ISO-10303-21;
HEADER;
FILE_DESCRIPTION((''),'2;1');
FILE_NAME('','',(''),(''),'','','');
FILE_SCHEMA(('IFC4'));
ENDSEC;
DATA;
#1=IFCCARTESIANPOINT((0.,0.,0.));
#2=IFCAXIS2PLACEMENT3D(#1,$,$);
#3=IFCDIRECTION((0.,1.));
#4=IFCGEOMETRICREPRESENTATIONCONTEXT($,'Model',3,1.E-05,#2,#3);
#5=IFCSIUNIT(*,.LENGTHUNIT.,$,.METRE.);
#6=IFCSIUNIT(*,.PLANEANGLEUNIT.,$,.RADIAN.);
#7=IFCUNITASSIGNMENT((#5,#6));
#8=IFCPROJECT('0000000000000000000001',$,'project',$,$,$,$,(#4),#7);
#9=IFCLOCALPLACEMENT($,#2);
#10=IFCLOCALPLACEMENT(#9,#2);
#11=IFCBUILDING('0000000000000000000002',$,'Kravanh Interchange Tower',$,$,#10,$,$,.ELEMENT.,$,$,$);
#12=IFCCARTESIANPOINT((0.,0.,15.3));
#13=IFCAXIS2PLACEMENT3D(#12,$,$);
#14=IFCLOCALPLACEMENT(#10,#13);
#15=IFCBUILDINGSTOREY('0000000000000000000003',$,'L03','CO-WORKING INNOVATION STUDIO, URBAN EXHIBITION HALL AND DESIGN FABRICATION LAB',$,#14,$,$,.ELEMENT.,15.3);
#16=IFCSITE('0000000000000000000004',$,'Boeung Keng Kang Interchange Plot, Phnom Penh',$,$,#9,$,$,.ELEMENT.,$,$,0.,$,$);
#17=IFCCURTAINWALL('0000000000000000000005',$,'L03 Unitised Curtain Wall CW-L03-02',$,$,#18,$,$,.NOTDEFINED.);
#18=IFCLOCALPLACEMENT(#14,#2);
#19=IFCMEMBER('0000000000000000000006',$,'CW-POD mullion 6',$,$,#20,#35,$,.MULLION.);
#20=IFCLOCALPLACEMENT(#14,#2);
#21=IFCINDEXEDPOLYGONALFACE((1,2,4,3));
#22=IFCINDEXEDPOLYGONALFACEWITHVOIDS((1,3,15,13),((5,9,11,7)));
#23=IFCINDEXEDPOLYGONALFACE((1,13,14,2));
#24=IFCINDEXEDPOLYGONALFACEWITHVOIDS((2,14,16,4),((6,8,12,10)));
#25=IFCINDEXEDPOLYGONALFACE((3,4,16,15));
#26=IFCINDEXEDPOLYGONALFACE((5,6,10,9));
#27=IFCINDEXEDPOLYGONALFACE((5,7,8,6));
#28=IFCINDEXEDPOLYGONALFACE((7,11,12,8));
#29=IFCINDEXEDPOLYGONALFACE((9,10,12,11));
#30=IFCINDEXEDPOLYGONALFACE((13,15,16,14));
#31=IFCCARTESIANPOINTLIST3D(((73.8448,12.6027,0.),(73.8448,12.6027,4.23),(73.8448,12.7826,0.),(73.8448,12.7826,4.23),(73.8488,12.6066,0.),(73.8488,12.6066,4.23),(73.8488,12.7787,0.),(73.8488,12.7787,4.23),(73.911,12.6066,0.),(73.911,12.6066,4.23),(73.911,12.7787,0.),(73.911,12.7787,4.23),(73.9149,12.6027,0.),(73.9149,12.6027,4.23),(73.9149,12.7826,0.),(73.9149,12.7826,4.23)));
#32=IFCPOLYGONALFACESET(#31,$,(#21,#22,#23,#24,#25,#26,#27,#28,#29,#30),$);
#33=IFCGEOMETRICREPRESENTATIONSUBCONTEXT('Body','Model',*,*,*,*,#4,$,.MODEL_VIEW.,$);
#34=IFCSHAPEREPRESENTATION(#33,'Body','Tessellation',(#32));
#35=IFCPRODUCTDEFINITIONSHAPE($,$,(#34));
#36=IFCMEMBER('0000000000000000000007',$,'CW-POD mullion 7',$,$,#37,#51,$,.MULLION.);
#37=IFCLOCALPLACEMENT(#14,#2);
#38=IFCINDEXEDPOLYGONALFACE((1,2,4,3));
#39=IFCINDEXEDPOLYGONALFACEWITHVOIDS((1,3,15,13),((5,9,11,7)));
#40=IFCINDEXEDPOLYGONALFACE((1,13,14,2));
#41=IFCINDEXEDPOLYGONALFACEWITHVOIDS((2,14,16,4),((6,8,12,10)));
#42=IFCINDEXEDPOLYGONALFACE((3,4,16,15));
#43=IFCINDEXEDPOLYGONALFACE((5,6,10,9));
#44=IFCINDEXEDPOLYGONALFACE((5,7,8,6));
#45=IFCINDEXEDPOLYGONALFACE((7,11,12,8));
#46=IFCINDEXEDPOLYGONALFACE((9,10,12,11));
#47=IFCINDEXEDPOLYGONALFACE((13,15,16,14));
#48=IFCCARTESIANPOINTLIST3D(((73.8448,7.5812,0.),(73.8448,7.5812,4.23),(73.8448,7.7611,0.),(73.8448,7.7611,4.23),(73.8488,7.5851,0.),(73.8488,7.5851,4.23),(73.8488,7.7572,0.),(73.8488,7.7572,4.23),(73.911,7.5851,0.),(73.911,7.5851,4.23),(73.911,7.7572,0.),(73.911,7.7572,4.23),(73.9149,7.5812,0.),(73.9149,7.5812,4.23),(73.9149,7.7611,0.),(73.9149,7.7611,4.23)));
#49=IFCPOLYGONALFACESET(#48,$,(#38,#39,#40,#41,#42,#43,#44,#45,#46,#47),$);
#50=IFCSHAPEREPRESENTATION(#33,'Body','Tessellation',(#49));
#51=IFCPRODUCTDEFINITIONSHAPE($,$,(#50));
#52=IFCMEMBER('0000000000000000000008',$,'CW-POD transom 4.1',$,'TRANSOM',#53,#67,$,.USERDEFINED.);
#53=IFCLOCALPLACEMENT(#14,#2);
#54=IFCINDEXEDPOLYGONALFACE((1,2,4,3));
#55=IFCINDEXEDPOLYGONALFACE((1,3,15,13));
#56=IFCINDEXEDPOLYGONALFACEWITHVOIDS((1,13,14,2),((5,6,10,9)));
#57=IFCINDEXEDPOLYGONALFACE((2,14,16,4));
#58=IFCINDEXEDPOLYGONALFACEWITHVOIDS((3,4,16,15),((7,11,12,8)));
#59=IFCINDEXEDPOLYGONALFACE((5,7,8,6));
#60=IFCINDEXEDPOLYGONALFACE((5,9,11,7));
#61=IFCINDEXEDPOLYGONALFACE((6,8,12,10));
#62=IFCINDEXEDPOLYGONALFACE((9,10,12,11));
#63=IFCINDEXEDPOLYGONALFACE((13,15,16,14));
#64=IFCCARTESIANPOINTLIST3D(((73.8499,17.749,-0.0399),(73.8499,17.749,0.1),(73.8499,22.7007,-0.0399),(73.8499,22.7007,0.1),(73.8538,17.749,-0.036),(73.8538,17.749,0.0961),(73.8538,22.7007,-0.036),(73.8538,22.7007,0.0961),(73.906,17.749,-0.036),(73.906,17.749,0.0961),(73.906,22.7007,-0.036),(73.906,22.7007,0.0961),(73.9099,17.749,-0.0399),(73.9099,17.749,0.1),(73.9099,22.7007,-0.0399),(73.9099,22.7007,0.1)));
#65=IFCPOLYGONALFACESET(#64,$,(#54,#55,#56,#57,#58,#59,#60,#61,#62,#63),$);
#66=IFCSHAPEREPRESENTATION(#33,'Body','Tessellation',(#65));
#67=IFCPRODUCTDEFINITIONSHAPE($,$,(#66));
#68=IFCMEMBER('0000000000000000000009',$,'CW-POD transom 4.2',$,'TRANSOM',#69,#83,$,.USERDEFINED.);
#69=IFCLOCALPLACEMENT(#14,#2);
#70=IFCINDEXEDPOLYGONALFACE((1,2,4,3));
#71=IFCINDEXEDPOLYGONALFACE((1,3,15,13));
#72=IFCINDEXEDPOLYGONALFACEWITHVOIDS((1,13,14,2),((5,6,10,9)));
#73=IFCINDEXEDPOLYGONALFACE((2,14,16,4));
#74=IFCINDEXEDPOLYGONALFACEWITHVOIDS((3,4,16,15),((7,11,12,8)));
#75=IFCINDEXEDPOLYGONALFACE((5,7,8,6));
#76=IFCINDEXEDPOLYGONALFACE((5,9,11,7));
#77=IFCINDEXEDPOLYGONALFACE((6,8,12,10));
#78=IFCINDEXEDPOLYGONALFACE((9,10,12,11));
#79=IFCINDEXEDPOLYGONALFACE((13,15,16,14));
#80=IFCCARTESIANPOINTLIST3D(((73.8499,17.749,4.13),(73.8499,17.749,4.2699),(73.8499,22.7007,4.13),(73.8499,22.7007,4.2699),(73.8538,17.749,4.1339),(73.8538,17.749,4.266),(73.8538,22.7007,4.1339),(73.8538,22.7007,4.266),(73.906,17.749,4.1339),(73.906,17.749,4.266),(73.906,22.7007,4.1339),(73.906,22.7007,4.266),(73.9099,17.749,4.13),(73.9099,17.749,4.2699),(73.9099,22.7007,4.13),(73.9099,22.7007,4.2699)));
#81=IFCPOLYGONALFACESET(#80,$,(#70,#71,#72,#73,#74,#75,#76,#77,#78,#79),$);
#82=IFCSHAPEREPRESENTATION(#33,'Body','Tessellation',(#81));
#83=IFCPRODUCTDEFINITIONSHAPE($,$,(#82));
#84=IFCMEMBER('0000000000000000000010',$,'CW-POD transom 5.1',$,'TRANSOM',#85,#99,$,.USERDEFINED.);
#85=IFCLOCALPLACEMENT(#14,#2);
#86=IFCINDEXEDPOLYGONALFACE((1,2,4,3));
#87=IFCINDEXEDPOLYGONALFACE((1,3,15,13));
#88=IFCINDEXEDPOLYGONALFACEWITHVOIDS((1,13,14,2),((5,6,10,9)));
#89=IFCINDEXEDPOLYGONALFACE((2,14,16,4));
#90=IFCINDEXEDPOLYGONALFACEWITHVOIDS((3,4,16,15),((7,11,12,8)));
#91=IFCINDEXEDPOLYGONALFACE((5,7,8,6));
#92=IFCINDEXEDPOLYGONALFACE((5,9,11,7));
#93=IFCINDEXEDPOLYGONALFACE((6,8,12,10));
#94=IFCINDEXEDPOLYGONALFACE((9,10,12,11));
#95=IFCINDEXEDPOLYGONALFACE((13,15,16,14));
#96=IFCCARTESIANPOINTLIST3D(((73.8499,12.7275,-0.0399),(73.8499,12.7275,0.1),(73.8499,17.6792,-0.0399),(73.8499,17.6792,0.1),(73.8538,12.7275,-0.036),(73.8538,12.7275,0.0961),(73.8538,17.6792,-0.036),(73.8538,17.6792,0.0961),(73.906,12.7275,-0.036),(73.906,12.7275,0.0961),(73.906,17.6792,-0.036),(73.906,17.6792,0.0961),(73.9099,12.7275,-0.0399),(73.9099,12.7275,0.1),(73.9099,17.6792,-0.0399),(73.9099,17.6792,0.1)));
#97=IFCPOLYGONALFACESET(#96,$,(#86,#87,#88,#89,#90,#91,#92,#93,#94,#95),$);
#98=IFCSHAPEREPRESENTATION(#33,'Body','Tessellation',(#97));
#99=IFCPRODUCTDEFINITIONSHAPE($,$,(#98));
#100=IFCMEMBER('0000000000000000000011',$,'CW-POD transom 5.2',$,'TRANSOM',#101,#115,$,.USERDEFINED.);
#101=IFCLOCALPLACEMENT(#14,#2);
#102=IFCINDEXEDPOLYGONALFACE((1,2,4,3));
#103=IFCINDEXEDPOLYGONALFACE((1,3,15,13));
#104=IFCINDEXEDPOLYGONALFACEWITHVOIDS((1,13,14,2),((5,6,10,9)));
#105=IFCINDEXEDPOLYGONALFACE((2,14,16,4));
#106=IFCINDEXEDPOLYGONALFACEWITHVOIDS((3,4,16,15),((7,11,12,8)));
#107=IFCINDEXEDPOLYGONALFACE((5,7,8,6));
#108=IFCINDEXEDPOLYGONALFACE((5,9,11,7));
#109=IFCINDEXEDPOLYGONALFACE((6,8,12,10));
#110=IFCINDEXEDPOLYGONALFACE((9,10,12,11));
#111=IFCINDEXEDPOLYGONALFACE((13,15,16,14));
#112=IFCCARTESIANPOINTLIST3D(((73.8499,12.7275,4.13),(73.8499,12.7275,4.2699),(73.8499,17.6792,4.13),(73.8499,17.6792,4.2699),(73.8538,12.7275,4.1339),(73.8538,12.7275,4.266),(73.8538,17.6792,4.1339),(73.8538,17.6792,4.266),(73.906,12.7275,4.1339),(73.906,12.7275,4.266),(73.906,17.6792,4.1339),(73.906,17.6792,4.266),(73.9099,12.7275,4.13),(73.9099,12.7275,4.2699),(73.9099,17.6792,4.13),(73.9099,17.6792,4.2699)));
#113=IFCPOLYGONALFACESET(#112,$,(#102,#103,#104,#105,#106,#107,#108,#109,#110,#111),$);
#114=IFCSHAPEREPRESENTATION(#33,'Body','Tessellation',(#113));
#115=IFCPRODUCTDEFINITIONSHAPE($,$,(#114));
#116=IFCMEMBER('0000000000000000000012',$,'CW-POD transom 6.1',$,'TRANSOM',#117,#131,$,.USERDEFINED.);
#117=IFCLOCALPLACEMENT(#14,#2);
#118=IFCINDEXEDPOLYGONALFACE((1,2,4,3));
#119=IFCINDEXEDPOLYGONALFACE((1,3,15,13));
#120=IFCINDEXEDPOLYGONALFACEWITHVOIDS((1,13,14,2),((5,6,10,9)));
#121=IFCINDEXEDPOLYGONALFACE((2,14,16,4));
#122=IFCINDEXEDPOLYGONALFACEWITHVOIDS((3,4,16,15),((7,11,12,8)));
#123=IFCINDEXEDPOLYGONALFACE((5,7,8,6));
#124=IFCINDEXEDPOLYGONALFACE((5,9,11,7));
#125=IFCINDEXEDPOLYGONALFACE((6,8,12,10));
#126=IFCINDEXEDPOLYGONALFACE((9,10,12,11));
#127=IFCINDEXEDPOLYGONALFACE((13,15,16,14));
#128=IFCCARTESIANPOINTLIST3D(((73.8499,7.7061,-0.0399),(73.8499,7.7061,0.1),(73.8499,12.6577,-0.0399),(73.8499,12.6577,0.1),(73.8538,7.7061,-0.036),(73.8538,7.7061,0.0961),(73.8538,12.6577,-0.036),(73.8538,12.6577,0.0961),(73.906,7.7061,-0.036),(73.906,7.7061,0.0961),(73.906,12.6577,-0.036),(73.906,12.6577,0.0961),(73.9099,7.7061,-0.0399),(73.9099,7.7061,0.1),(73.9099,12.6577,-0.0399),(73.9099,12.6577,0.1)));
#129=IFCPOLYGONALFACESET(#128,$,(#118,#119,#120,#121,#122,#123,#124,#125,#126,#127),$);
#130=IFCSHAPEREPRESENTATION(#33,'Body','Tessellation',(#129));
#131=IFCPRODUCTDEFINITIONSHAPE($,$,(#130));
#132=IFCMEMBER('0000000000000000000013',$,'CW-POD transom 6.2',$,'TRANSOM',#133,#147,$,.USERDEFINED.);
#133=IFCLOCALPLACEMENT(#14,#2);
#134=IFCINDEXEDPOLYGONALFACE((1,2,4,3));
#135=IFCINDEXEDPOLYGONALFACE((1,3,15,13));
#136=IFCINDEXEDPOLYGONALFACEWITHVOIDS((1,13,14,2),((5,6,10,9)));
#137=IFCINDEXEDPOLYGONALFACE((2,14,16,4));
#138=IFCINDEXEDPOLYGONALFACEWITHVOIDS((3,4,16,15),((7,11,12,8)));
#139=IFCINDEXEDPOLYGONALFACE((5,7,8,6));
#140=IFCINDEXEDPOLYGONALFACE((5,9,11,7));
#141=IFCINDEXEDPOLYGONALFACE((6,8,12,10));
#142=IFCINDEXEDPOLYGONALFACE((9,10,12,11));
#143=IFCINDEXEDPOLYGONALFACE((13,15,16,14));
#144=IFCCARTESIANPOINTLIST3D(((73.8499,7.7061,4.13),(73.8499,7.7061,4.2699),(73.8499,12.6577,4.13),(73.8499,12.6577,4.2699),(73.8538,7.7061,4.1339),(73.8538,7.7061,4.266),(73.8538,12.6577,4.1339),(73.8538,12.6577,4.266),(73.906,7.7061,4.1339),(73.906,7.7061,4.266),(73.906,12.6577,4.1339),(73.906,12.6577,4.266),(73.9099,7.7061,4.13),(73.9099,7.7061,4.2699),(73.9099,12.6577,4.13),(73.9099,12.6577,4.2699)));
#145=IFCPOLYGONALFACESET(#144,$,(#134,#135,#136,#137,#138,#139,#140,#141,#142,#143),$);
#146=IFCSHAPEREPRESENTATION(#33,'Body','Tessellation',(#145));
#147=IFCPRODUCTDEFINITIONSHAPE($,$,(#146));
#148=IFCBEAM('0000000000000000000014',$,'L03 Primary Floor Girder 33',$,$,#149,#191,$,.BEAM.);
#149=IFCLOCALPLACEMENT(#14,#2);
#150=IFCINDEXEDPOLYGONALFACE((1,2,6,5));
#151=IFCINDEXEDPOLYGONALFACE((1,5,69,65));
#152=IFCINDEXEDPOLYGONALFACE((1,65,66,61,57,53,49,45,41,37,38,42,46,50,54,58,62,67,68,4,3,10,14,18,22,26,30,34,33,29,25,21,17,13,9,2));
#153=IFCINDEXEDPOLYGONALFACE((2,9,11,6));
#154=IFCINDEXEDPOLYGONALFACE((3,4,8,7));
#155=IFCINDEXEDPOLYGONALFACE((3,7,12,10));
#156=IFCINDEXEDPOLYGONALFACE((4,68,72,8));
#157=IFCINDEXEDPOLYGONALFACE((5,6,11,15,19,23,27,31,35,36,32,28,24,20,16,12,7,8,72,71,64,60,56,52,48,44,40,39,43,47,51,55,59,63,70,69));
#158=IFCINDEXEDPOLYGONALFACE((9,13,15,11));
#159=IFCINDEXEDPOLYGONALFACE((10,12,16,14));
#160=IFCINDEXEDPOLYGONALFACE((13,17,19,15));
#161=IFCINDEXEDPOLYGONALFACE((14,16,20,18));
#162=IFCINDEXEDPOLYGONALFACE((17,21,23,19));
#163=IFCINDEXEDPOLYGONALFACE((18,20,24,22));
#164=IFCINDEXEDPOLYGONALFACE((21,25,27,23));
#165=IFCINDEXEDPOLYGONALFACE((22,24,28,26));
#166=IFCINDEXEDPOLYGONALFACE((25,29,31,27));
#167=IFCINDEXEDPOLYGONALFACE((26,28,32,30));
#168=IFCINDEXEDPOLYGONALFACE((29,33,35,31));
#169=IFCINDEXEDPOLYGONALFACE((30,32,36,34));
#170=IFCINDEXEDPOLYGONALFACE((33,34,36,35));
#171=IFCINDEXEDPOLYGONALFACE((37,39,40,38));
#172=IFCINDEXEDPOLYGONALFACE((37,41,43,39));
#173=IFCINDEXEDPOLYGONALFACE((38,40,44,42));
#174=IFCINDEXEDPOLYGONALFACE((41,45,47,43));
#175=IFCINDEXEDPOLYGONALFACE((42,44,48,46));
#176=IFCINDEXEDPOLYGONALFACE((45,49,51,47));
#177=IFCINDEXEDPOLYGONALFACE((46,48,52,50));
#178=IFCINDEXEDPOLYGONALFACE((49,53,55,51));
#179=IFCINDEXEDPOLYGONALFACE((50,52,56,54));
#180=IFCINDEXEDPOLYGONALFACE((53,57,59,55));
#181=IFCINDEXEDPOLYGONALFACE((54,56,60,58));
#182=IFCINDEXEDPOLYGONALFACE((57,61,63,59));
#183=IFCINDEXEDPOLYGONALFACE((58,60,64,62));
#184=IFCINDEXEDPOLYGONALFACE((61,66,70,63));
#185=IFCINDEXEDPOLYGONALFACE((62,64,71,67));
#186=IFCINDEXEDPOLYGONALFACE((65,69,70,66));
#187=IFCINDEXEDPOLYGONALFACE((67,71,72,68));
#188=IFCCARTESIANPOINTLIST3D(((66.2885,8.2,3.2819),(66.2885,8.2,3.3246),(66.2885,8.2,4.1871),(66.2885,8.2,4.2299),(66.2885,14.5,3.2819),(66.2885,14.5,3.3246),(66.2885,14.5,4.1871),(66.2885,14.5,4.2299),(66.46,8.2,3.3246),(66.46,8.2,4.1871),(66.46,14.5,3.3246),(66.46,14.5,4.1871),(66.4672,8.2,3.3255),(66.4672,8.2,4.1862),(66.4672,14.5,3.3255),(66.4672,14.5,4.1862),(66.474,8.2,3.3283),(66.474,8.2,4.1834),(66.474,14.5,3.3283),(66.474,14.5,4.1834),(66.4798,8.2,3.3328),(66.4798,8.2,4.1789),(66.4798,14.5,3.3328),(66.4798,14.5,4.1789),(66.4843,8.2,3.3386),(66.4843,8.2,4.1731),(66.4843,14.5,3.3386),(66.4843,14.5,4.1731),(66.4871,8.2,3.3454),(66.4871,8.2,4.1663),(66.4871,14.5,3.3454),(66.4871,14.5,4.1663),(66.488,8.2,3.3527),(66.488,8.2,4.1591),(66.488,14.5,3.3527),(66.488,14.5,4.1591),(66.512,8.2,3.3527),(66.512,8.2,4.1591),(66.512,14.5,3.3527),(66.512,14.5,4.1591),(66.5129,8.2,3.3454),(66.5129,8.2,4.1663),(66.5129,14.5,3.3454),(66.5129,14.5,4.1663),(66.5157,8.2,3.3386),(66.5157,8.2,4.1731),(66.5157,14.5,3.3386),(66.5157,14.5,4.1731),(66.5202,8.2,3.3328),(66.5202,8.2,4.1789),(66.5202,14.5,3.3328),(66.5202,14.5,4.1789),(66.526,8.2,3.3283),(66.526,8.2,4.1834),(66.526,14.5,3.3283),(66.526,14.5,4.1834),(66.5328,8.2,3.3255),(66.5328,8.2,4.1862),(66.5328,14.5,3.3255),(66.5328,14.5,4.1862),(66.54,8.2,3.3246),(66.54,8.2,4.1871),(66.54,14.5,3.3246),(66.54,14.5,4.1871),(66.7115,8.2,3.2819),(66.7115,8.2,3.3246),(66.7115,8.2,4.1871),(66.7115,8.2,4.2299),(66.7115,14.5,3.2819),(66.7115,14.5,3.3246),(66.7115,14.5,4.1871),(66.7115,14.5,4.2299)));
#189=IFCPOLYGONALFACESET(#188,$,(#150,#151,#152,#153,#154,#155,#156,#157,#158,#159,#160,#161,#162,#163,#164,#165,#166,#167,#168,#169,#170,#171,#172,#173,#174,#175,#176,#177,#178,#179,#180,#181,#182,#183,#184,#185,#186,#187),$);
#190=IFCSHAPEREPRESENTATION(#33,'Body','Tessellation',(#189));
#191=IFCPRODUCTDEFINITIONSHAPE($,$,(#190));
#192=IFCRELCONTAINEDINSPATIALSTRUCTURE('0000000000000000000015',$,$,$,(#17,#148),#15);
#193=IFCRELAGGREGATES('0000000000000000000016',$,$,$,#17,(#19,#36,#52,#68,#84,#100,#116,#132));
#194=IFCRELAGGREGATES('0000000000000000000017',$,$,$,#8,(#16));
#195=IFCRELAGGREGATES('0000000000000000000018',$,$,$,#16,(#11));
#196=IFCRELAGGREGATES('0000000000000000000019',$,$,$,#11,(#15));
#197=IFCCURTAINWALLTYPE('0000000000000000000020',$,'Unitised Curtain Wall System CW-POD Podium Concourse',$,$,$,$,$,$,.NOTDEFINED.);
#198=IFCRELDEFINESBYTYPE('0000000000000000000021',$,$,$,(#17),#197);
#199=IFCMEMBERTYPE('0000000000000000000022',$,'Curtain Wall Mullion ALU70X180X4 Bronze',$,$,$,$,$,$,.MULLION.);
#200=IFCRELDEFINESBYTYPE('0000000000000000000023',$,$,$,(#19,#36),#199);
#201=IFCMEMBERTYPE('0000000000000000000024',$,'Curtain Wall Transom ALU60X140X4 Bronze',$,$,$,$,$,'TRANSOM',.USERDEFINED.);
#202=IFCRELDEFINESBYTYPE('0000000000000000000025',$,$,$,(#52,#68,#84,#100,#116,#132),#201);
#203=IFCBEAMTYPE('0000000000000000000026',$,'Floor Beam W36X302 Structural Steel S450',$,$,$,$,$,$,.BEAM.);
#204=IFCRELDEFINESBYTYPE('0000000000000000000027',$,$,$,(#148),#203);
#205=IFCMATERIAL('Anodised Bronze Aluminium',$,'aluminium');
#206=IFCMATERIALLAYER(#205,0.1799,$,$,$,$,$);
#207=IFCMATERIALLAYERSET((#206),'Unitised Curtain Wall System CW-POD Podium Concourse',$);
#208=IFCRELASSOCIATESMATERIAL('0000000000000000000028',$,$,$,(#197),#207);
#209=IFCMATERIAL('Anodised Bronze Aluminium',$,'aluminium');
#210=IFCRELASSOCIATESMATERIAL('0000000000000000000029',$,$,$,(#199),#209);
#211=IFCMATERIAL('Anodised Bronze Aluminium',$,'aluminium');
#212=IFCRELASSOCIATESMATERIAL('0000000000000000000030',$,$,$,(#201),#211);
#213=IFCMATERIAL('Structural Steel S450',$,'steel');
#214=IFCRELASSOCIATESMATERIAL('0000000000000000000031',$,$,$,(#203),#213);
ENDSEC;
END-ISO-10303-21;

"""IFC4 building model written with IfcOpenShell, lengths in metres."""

from ifc_helpers import new_model, si_unit, direction, frame, origin, origin_2d, place, context, subcontext, project, spatial, hollow_rectangle, i_section, extrude, material, layer, layer_set, material_profile, profile_set, type_object, element, aggregate, save


model = new_model("IFC4")

# Units and contexts
model_context = context("Model", 3, precision=1e-05, world=origin(), true_north=direction((0.0, 1.0)))
body_context = subcontext(model_context, "Body", "Model", "MODEL_VIEW")
ifc_project = project(units=[si_unit("LENGTHUNIT", "METRE"), si_unit("PLANEANGLEUNIT", "RADIAN")], contexts=[model_context])

# Site, building, storey
site_placement = place(None, origin())
site = spatial("IfcSite", under=ifc_project, at=site_placement, Name="Boeung Keng Kang Interchange Plot, Phnom Penh", CompositionType="ELEMENT", RefElevation=0.0)
building_placement = place(site_placement, origin())
building = spatial("IfcBuilding", under=site, at=building_placement, Name="Kravanh Interchange Tower", CompositionType="ELEMENT")
storey_placement = place(building_placement, frame((0.0, 0.0, 15.3)))
storey = spatial("IfcBuildingStorey", under=building, at=storey_placement, Name="L03", Description="CO-WORKING INNOVATION STUDIO, URBAN EXHIBITION HALL AND DESIGN FABRICATION LAB", CompositionType="ELEMENT", Elevation=15.3)

# Curtain wall, members
ifc_material_1 = material(Name="Anodised Bronze Aluminium", Category="aluminium")
ifc_layer_1 = layer(ifc_material_1, 0.1799)
ifc_layer_set_1 = layer_set([ifc_layer_1], Name="Unitised Curtain Wall System CW-POD Podium Concourse")
curtain_wall_type = type_object("IfcCurtainWallType", Name="Unitised Curtain Wall System CW-POD Podium Concourse", PredefinedType="NOTDEFINED", material=ifc_layer_set_1)
curtain_wall_placement = place(storey_placement, origin())
curtain_wall = element("IfcCurtainWall", 1, at=curtain_wall_placement, inside=storey, type_object=curtain_wall_type, Name="L03 Unitised Curtain Wall CW-L03-02", PredefinedType="NOTDEFINED")
ifc_material_2 = material(Name="Anodised Bronze Aluminium", Category="aluminium")
ifc_material_profile_1 = material_profile(ifc_material_2, hollow_rectangle(XDim=0.0701, YDim=0.1799, WallThickness=0.0039, at=origin_2d()), Name="ALU70X180X4")
ifc_profile_set_1 = profile_set([ifc_material_profile_1], Name="Anodised Bronze Aluminium")
member_type_1 = type_object("IfcMemberType", Name="Curtain Wall Mullion ALU70X180X4 Bronze", PredefinedType="MULLION", material=ifc_profile_set_1)
member_1_placement = place(storey_placement, frame((73.8799, 12.6926, 0.0), z_axis=(0.0, 0.0, 1.0), x_axis=(1.0, 0.0, 0.0)))
member_1 = element("IfcMember", 2, at=member_1_placement, type_object=member_type_1, Name="CW-POD mullion 6", PredefinedType="MULLION", context=body_context, shape_type="SweptSolid", body=[
    extrude(hollow_rectangle(XDim=0.0701, YDim=0.1799, WallThickness=0.0039, at=origin_2d()), origin(), (0.0, 0.0, 1.0), 4.23),
])
member_2_placement = place(storey_placement, frame((73.8799, 7.6711, 0.0), z_axis=(0.0, 0.0, 1.0), x_axis=(1.0, 0.0, 0.0)))
member_2 = element("IfcMember", 3, at=member_2_placement, type_object=member_type_1, Name="CW-POD mullion 7", PredefinedType="MULLION", context=body_context, shape_type="SweptSolid", body=[
    extrude(hollow_rectangle(XDim=0.0701, YDim=0.1799, WallThickness=0.0039, at=origin_2d()), origin(), (0.0, 0.0, 1.0), 4.23),
])
ifc_material_3 = material(Name="Anodised Bronze Aluminium", Category="aluminium")
ifc_material_profile_2 = material_profile(ifc_material_3, hollow_rectangle(XDim=0.0601, YDim=0.1399, WallThickness=0.0039, at=origin_2d()), Name="ALU60X140X4")
ifc_profile_set_2 = profile_set([ifc_material_profile_2], Name="Anodised Bronze Aluminium")
member_type_2 = type_object("IfcMemberType", Name="Curtain Wall Transom ALU60X140X4 Bronze", ElementType="TRANSOM", PredefinedType="USERDEFINED", material=ifc_profile_set_2)
member_3_placement = place(storey_placement, frame((73.8799, 22.7007, 0.03), z_axis=(0.0, -1.0, 0.0), x_axis=(1.0, 0.0, 0.0)))
member_3 = element("IfcMember", 4, at=member_3_placement, type_object=member_type_2, Name="CW-POD transom 4.1", ObjectType="TRANSOM", PredefinedType="USERDEFINED", context=body_context, shape_type="SweptSolid", body=[
    extrude(hollow_rectangle(XDim=0.0601, YDim=0.1399, WallThickness=0.0039, at=origin_2d()), origin(), (0.0, 0.0, 1.0), 4.9517),
])
member_4_placement = place(storey_placement, frame((73.8799, 22.7007, 4.2), z_axis=(0.0, -1.0, 0.0), x_axis=(1.0, 0.0, 0.0)))
member_4 = element("IfcMember", 5, at=member_4_placement, type_object=member_type_2, Name="CW-POD transom 4.2", ObjectType="TRANSOM", PredefinedType="USERDEFINED", context=body_context, shape_type="SweptSolid", body=[
    extrude(hollow_rectangle(XDim=0.0601, YDim=0.1399, WallThickness=0.0039, at=origin_2d()), origin(), (0.0, 0.0, 1.0), 4.9517),
])
member_5_placement = place(storey_placement, frame((73.8799, 17.6792, 0.03), z_axis=(0.0, -1.0, 0.0), x_axis=(1.0, 0.0, 0.0)))
member_5 = element("IfcMember", 6, at=member_5_placement, type_object=member_type_2, Name="CW-POD transom 5.1", ObjectType="TRANSOM", PredefinedType="USERDEFINED", context=body_context, shape_type="SweptSolid", body=[
    extrude(hollow_rectangle(XDim=0.0601, YDim=0.1399, WallThickness=0.0039, at=origin_2d()), origin(), (0.0, 0.0, 1.0), 4.9517),
])
member_6_placement = place(storey_placement, frame((73.8799, 17.6792, 4.2), z_axis=(0.0, -1.0, 0.0), x_axis=(1.0, 0.0, 0.0)))
member_6 = element("IfcMember", 7, at=member_6_placement, type_object=member_type_2, Name="CW-POD transom 5.2", ObjectType="TRANSOM", PredefinedType="USERDEFINED", context=body_context, shape_type="SweptSolid", body=[
    extrude(hollow_rectangle(XDim=0.0601, YDim=0.1399, WallThickness=0.0039, at=origin_2d()), origin(), (0.0, 0.0, 1.0), 4.9517),
])
member_7_placement = place(storey_placement, frame((73.8799, 12.6577, 0.03), z_axis=(0.0, -1.0, 0.0), x_axis=(1.0, 0.0, 0.0)))
member_7 = element("IfcMember", 8, at=member_7_placement, type_object=member_type_2, Name="CW-POD transom 6.1", ObjectType="TRANSOM", PredefinedType="USERDEFINED", context=body_context, shape_type="SweptSolid", body=[
    extrude(hollow_rectangle(XDim=0.0601, YDim=0.1399, WallThickness=0.0039, at=origin_2d()), origin(), (0.0, 0.0, 1.0), 4.9517),
])
member_8_placement = place(storey_placement, frame((73.8799, 12.6577, 4.2), z_axis=(0.0, -1.0, 0.0), x_axis=(1.0, 0.0, 0.0)))
member_8 = element("IfcMember", 9, at=member_8_placement, type_object=member_type_2, Name="CW-POD transom 6.2", ObjectType="TRANSOM", PredefinedType="USERDEFINED", context=body_context, shape_type="SweptSolid", body=[
    extrude(hollow_rectangle(XDim=0.0601, YDim=0.1399, WallThickness=0.0039, at=origin_2d()), origin(), (0.0, 0.0, 1.0), 4.9517),
])

# Beam
ifc_material_4 = material(Name="Structural Steel S450", Category="steel")
ifc_material_profile_3 = material_profile(ifc_material_4, i_section(OverallWidth=0.4231, OverallDepth=0.948, WebThickness=0.0239, FlangeThickness=0.0427, FilletRadius=0.0281, at=origin_2d()), Name="W36X302")
ifc_profile_set_3 = profile_set([ifc_material_profile_3], Name="Structural Steel S450")
beam_type_1 = type_object("IfcBeamType", Name="Floor Beam W36X302 Structural Steel S450", PredefinedType="BEAM", material=ifc_profile_set_3)
beam_1_placement = place(storey_placement, frame((66.5, 8.2, 3.7559), z_axis=(0.0, 1.0, 0.0), x_axis=(-1.0, 0.0, 0.0)))
element("IfcBeam", 10, at=beam_1_placement, inside=storey, type_object=beam_type_1, Name="L03 Primary Floor Girder 33", PredefinedType="BEAM", context=body_context, shape_type="SweptSolid", body=[
    extrude(i_section(OverallWidth=0.4231, OverallDepth=0.948, WebThickness=0.0239, FlangeThickness=0.0427, FilletRadius=0.0281, at=origin_2d()), origin(), (0.0, 0.0, 1.0), 6.3),
])

aggregate(curtain_wall, [member_1, member_2, member_3, member_4, member_5, member_6, member_7, member_8])

save(model, "model.ifc")
